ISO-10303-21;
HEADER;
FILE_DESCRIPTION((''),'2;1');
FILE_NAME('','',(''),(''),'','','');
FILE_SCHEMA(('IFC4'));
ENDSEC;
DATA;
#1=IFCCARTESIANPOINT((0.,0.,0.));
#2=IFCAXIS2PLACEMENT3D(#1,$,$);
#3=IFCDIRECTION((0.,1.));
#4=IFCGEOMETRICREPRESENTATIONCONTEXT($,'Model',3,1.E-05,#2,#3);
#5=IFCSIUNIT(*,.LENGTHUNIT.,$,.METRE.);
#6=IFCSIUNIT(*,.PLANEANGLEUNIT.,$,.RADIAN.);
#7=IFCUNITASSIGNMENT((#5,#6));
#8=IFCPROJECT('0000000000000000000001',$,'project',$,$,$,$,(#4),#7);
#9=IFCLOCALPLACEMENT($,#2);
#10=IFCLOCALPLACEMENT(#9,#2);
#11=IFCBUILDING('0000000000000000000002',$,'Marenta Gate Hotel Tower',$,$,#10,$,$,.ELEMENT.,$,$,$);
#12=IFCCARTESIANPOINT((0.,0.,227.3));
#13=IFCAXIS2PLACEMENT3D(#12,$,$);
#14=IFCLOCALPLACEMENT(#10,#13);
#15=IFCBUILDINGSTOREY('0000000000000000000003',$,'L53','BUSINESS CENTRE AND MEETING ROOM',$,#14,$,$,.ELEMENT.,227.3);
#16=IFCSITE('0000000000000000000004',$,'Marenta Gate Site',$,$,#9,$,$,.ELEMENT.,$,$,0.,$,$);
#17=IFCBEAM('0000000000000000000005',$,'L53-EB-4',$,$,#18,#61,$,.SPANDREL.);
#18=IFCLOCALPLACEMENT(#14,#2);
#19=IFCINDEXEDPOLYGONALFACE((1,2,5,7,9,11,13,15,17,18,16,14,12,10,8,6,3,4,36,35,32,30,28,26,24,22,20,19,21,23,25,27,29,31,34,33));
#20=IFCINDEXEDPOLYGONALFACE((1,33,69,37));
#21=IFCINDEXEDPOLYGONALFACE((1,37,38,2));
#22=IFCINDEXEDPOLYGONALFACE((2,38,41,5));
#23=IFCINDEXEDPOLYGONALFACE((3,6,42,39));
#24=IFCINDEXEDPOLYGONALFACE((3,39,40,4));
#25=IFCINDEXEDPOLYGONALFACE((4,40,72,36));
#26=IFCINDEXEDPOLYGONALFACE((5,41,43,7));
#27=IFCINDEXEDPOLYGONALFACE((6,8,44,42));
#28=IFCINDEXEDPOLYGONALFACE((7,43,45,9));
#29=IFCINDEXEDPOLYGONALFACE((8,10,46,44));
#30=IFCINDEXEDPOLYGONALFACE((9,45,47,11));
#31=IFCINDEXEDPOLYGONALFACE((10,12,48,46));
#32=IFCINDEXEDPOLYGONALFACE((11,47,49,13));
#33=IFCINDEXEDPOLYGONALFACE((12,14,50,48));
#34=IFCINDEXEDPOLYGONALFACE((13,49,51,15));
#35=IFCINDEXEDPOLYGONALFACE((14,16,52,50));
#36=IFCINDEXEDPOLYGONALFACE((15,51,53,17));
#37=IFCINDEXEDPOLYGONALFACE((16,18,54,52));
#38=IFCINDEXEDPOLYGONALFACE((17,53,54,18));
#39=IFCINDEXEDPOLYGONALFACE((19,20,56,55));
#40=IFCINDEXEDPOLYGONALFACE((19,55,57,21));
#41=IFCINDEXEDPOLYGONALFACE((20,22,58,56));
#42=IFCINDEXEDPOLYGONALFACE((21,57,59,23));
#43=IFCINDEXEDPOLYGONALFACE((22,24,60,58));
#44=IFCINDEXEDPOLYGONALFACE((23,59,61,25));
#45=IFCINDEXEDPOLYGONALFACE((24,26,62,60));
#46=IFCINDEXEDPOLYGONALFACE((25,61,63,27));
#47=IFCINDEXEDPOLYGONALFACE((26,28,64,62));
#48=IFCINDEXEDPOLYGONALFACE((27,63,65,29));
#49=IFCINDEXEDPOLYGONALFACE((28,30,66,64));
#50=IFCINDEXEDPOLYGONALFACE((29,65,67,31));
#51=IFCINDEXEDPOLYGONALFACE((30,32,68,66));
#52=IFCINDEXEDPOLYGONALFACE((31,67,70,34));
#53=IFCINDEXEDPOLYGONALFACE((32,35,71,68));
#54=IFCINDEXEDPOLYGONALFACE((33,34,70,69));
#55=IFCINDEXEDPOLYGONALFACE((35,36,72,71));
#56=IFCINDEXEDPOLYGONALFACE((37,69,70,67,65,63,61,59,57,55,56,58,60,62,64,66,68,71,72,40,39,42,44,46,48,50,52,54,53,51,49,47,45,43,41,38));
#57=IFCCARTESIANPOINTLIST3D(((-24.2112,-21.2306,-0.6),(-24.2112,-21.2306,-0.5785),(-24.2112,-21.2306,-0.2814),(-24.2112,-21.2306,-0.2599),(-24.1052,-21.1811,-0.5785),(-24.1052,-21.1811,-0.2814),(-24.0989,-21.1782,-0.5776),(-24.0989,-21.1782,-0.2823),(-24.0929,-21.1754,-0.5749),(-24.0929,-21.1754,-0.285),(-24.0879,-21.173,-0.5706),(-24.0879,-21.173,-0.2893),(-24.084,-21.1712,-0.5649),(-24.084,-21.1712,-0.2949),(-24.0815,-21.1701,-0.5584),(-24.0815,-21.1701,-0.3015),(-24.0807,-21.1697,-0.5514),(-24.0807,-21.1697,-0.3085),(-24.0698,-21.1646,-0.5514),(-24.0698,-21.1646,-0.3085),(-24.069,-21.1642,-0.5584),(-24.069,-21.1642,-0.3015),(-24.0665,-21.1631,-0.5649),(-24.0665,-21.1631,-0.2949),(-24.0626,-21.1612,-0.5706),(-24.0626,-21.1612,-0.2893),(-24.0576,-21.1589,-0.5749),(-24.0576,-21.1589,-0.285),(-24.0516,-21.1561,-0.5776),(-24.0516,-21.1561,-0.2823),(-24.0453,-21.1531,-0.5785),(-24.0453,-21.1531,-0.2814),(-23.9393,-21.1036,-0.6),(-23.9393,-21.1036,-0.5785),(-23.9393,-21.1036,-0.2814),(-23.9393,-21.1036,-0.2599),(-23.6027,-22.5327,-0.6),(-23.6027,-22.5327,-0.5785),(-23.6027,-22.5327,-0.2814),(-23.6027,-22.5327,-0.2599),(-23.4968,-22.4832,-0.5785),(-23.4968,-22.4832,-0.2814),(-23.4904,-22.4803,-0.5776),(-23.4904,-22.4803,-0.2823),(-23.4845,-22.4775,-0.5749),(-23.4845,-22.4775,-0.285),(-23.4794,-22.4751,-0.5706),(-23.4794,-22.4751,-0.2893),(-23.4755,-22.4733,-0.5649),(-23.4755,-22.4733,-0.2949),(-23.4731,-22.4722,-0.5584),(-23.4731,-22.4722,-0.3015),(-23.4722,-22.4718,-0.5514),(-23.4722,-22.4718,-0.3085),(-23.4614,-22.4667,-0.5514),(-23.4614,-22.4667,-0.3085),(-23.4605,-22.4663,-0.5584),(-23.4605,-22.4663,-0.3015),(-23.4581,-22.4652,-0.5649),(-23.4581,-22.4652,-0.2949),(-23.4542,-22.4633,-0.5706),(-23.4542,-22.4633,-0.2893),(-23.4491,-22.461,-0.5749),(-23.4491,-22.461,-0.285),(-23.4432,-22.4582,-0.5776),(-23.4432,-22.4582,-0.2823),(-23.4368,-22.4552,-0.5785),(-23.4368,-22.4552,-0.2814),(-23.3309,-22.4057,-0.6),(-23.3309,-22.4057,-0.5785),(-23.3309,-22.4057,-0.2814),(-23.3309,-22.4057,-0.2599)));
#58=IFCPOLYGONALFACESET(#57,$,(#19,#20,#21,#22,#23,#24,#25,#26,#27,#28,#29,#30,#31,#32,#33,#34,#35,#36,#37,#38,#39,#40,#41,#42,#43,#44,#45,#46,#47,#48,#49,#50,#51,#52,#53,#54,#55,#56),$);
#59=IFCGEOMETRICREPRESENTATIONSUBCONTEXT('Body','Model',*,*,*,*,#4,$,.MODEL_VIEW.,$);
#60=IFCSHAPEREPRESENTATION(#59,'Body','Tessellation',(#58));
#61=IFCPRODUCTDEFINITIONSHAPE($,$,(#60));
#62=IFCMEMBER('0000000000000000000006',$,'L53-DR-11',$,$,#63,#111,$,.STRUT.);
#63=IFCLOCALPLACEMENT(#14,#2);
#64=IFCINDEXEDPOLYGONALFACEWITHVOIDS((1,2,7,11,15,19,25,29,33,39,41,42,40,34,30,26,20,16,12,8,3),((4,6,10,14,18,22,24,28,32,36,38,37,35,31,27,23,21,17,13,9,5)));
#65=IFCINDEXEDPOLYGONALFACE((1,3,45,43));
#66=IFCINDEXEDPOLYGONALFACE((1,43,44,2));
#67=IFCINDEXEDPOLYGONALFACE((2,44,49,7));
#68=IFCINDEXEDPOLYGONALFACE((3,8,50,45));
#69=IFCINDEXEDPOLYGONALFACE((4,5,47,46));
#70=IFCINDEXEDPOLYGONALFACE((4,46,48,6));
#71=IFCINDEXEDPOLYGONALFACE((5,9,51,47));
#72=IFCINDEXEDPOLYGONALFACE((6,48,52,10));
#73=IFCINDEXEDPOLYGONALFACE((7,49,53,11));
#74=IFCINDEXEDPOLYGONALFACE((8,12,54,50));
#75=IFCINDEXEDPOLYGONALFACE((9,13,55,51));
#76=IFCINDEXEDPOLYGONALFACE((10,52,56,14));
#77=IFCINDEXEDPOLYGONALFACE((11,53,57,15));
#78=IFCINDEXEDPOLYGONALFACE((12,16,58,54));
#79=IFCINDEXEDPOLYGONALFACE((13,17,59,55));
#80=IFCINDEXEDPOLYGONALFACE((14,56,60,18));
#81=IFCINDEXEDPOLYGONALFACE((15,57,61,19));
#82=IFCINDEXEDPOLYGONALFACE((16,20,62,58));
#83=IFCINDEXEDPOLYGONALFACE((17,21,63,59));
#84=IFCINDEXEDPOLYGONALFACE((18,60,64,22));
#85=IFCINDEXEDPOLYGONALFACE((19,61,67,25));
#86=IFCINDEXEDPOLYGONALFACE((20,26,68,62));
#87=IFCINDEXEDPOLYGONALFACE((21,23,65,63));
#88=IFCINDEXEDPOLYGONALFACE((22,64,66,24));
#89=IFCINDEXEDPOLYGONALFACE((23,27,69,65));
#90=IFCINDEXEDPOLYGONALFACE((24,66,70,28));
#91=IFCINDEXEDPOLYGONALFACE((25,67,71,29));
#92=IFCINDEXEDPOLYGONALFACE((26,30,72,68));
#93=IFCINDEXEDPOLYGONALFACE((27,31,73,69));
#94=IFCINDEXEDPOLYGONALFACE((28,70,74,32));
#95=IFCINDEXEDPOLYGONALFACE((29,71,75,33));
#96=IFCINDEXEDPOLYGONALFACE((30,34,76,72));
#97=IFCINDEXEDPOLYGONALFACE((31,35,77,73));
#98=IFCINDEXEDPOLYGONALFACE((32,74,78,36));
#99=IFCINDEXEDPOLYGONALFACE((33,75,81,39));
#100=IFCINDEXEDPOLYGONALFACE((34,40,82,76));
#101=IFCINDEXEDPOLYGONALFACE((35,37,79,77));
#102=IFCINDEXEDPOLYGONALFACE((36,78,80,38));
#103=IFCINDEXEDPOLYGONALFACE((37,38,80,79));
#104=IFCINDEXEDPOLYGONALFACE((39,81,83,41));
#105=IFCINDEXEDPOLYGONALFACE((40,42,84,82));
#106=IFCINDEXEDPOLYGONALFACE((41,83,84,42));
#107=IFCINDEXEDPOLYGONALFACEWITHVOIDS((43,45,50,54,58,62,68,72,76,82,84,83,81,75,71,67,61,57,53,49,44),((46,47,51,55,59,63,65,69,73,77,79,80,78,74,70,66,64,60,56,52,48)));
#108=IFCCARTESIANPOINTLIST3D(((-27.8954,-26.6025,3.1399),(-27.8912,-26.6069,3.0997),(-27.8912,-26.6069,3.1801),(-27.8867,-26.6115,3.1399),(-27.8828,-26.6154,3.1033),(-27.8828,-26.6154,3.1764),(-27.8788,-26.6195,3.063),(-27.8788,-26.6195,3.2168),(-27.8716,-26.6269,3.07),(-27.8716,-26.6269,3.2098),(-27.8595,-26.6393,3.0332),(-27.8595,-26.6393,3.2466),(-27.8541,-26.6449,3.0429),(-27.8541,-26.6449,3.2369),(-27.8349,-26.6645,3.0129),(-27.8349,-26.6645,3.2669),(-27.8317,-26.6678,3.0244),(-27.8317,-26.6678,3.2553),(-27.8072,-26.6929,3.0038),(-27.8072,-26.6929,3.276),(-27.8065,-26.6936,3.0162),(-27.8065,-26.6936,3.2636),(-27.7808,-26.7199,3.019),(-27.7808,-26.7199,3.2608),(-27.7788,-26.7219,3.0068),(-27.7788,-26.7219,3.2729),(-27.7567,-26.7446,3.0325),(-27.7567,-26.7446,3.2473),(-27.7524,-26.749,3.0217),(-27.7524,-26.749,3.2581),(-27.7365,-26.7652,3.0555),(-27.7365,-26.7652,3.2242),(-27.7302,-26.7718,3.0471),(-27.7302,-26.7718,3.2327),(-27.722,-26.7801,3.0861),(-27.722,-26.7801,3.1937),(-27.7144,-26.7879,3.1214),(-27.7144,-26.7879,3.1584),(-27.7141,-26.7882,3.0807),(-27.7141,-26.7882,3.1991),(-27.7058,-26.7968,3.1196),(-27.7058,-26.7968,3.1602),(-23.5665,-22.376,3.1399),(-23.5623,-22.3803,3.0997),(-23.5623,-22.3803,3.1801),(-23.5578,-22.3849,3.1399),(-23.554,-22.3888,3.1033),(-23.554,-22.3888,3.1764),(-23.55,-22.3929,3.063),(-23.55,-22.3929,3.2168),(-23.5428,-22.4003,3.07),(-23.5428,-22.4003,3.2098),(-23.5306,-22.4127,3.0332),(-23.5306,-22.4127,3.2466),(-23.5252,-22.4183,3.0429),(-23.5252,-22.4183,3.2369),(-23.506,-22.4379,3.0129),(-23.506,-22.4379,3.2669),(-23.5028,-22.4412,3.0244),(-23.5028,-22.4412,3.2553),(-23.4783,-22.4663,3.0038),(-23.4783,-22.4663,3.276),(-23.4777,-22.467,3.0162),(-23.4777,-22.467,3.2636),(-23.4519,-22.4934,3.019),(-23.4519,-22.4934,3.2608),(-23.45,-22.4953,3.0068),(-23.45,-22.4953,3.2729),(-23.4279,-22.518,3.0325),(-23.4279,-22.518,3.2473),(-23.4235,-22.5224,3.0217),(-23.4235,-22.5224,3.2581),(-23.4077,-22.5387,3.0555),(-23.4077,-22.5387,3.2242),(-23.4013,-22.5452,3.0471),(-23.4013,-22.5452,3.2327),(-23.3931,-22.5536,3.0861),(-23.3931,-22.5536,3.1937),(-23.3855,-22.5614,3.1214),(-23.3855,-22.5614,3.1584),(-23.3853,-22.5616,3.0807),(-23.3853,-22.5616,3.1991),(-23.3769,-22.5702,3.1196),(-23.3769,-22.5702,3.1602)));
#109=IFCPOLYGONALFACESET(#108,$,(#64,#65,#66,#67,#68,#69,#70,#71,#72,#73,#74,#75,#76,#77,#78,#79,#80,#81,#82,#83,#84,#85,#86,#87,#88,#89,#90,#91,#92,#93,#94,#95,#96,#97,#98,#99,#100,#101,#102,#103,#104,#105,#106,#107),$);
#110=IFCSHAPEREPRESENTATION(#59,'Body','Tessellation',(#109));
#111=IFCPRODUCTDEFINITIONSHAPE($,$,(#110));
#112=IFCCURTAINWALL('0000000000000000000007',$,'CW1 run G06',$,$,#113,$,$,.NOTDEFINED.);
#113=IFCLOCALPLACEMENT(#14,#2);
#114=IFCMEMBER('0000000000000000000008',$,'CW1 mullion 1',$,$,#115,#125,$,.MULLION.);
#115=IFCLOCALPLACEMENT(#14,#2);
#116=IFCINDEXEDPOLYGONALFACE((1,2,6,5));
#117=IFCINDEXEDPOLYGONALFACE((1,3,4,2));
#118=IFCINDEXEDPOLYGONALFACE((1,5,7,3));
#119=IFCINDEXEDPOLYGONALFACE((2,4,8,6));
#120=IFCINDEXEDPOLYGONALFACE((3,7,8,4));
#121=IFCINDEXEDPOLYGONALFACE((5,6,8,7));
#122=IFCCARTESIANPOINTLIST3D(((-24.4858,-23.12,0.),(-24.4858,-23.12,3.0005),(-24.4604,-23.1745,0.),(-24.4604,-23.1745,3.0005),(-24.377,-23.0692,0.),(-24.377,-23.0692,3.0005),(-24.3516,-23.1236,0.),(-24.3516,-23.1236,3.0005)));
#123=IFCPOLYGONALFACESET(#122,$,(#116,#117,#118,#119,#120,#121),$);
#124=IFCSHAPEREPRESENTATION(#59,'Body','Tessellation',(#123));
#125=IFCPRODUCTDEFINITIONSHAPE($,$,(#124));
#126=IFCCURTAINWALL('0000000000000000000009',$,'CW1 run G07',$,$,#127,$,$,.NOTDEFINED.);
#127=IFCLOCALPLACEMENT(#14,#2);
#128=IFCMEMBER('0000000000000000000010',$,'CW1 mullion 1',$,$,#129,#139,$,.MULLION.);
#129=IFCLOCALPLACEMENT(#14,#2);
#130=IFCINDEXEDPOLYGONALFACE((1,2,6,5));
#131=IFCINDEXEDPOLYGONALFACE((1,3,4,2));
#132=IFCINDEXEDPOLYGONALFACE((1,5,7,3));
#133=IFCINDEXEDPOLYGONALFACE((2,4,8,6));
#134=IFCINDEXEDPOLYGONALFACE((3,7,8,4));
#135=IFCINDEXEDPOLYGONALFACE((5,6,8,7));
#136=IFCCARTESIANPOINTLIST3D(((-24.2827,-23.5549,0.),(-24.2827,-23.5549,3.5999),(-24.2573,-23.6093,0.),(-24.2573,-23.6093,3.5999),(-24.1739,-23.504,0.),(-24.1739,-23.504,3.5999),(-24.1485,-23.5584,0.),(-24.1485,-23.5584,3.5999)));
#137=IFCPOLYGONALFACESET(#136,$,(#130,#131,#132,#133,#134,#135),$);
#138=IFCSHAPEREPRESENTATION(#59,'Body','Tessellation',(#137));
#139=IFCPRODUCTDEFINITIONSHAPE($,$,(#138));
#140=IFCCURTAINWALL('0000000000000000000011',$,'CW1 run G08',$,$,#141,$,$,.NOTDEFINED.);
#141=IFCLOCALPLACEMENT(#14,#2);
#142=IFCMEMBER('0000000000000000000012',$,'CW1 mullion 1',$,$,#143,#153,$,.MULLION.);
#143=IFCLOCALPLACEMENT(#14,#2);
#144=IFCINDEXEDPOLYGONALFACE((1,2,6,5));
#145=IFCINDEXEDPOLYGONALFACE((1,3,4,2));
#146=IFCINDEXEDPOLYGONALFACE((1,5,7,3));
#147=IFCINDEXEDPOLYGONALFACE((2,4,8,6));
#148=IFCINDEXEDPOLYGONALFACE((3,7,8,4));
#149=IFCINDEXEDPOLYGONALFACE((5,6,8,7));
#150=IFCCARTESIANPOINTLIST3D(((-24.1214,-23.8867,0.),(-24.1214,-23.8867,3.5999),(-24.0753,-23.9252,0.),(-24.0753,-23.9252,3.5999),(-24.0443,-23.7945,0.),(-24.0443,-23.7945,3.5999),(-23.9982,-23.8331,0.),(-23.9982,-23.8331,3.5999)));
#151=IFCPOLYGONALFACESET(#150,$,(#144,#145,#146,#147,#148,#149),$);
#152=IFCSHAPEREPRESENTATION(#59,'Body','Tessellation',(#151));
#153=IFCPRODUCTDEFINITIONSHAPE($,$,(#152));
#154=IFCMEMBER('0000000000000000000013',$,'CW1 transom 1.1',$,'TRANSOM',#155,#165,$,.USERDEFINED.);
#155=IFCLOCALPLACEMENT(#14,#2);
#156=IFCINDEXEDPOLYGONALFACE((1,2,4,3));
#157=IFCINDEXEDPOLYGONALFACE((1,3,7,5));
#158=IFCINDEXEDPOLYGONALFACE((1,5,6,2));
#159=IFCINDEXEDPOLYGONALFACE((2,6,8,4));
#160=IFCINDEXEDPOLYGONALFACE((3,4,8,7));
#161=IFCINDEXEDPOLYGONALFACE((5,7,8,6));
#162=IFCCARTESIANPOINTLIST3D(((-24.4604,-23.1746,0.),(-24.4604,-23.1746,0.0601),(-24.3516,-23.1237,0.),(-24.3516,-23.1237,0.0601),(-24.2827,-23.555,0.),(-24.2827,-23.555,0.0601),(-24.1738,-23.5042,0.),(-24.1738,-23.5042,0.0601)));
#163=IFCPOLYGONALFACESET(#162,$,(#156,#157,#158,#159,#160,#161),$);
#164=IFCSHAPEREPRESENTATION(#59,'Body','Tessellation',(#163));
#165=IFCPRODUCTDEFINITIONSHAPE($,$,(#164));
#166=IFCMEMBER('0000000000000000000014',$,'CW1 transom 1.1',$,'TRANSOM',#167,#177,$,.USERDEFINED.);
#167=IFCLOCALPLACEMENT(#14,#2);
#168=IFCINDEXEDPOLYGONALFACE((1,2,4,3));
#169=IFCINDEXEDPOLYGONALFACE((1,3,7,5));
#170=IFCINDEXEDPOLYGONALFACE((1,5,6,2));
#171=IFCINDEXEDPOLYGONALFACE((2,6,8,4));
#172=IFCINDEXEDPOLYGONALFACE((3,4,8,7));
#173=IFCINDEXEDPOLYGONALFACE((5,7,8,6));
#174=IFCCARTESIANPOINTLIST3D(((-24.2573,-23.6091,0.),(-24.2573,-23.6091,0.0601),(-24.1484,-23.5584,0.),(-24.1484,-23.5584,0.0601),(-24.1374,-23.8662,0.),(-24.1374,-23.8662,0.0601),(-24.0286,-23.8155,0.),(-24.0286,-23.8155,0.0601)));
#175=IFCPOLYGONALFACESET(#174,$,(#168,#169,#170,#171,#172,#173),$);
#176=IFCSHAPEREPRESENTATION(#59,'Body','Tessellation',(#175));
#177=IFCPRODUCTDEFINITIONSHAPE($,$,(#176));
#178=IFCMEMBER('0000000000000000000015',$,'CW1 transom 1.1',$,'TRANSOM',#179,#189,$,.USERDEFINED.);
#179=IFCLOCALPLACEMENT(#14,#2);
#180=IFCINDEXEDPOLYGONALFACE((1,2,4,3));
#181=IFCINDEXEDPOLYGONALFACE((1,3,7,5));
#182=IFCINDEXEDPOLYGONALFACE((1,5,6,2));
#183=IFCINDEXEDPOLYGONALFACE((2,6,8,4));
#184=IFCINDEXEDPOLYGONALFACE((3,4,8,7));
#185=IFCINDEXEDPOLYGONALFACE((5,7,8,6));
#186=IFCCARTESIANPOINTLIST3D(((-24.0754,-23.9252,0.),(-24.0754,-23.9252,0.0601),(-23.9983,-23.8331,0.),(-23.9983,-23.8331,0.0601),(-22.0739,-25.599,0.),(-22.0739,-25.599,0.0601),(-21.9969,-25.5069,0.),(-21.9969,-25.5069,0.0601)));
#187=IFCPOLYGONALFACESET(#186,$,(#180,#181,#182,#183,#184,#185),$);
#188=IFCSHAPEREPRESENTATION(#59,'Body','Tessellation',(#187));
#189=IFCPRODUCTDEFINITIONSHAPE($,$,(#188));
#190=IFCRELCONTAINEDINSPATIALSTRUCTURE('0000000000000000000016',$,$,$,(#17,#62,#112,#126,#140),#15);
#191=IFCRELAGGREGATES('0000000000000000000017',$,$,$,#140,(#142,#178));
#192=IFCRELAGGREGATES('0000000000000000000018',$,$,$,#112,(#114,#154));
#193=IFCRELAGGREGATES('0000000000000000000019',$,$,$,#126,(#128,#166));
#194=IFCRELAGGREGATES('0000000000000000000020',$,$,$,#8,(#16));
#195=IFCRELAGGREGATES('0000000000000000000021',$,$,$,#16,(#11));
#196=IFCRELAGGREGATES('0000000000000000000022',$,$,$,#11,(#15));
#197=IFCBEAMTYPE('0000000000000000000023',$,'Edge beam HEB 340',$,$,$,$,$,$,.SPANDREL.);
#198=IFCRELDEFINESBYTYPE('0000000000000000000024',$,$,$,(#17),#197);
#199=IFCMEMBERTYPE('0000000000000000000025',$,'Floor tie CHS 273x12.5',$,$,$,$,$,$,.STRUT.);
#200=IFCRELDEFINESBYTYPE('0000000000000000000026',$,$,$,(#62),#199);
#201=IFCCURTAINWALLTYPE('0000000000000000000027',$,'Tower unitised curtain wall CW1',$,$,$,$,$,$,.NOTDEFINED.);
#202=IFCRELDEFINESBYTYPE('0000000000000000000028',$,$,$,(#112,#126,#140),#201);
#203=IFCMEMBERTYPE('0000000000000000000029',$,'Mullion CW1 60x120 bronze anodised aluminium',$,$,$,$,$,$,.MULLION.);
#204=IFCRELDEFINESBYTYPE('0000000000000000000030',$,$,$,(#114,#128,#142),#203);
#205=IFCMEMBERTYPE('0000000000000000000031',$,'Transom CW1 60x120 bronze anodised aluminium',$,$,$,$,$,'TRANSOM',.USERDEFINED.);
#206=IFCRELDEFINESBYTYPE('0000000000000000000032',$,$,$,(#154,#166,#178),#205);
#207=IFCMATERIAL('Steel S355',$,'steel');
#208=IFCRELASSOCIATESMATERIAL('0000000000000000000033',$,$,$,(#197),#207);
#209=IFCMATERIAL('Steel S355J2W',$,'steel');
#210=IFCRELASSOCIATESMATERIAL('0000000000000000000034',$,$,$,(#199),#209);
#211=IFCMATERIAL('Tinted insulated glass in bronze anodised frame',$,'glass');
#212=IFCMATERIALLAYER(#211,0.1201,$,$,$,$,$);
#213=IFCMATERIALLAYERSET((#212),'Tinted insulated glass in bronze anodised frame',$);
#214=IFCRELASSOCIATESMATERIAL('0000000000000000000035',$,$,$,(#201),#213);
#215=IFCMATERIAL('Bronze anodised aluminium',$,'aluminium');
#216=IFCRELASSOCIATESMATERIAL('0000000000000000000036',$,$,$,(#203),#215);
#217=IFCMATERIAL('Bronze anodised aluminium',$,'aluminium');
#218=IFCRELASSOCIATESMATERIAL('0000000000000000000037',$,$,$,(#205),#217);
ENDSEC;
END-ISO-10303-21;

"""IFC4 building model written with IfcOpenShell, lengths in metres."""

from ifc_helpers import new_model, si_unit, direction, frame, origin, origin_2d, place, context, subcontext, project, spatial, rectangle, hollow_circle, i_section, extrude, material, layer, layer_set, material_profile, profile_set, type_object, element, aggregate, save


model = new_model("IFC4")

# Units and contexts
model_context = context("Model", 3, precision=1e-05, world=origin(), true_north=direction((0.0, 1.0)))
body_context = subcontext(model_context, "Body", "Model", "MODEL_VIEW")
ifc_project = project(units=[si_unit("LENGTHUNIT", "METRE"), si_unit("PLANEANGLEUNIT", "RADIAN")], contexts=[model_context])

# Site, building, storey
site_placement = place(None, origin())
site = spatial("IfcSite", under=ifc_project, at=site_placement, Name="Marenta Gate Site", CompositionType="ELEMENT", RefElevation=0.0)
building_placement = place(site_placement, origin())
building = spatial("IfcBuilding", under=site, at=building_placement, Name="Marenta Gate Hotel Tower", CompositionType="ELEMENT")
storey_placement = place(building_placement, frame((0.0, 0.0, 227.3)))
storey = spatial("IfcBuildingStorey", under=building, at=storey_placement, Name="L53", Description="BUSINESS CENTRE AND MEETING ROOM", CompositionType="ELEMENT", Elevation=227.3)

# Beam
ifc_material_1 = material(Name="Steel S355", Category="steel")
ifc_material_profile_1 = material_profile(ifc_material_1, i_section(OverallWidth=0.3, OverallDepth=0.3401, WebThickness=0.012, FlangeThickness=0.0215, FilletRadius=0.0271, at=origin_2d()), Name="HEB 340")
ifc_profile_set_1 = profile_set([ifc_material_profile_1], Name="Steel S355")
beam_type = type_object("IfcBeamType", Name="Edge beam HEB 340", PredefinedType="SPANDREL", material=ifc_profile_set_1)
beam_placement = place(storey_placement, frame((-23.4668, -22.4692, -0.4299), z_axis=(-0.423341, 0.90597, 0.0), x_axis=(-0.90597, -0.423341, 0.0)))
element("IfcBeam", 1, at=beam_placement, inside=storey, type_object=beam_type, Name="L53-EB-4", PredefinedType="SPANDREL", context=body_context, shape_type="SweptSolid", body=[
    extrude(i_section(OverallWidth=0.3, OverallDepth=0.3401, WebThickness=0.012, FlangeThickness=0.0215, FilletRadius=0.0271, at=origin_2d()), origin(), (0.0, 0.0, 1.0), 1.4373),
])

# Member
ifc_material_2 = material(Name="Steel S355J2W", Category="steel")
ifc_material_profile_2 = material_profile(ifc_material_2, hollow_circle(Radius=0.1365, WallThickness=0.0125, at=origin_2d()), Name="CHS 273x12.5")
ifc_profile_set_2 = profile_set([ifc_material_profile_2], Name="Steel S355J2W")
member_type_1 = type_object("IfcMemberType", Name="Floor tie CHS 273x12.5", PredefinedType="STRUT", material=ifc_profile_set_2)
member_1_placement = place(storey_placement, frame((-27.8, -26.7002, 3.1399), z_axis=(0.71551, 0.698602, 0.0), x_axis=(-0.698602, 0.71551, 0.0)))
element("IfcMember", 2, at=member_1_placement, inside=storey, type_object=member_type_1, Name="L53-DR-11", PredefinedType="STRUT", context=body_context, shape_type="SweptSolid", body=[
    extrude(hollow_circle(Radius=0.1365, WallThickness=0.0125, at=origin_2d()), origin(), (0.0, 0.0, 1.0), 6.05),
])

# Curtain walls, members
ifc_material_3 = material(Name="Tinted insulated glass in bronze anodised frame", Category="glass")
ifc_layer_1 = layer(ifc_material_3, 0.1201)
ifc_layer_set_1 = layer_set([ifc_layer_1], Name="Tinted insulated glass in bronze anodised frame")
curtain_wall_type = type_object("IfcCurtainWallType", Name="Tower unitised curtain wall CW1", PredefinedType="NOTDEFINED", material=ifc_layer_set_1)
curtain_wall_1_placement = place(storey_placement, origin())
curtain_wall_1 = element("IfcCurtainWall", 3, at=curtain_wall_1_placement, inside=storey, type_object=curtain_wall_type, Name="CW1 run G06", PredefinedType="NOTDEFINED")
ifc_material_4 = material(Name="Bronze anodised aluminium", Category="aluminium")
ifc_material_profile_3 = material_profile(ifc_material_4, rectangle(XDim=0.1201, YDim=0.0601, at=origin_2d()), Name="Mullion CW1 60x120 bronze anodised aluminium")
ifc_profile_set_3 = profile_set([ifc_material_profile_3], Name="Bronze anodised aluminium")
member_type_2 = type_object("IfcMemberType", Name="Mullion CW1 60x120 bronze anodised aluminium", PredefinedType="MULLION", material=ifc_profile_set_3)
member_2_placement = place(storey_placement, frame((-24.4187, -23.1218, 0.0), z_axis=(0.0, 0.0, 1.0), x_axis=(0.905949, 0.423387, 0.0)))
member_2 = element("IfcMember", 4, at=member_2_placement, type_object=member_type_2, Name="CW1 mullion 1", PredefinedType="MULLION", context=body_context, shape_type="SweptSolid", body=[
    extrude(rectangle(XDim=0.1201, YDim=0.0601, at=origin_2d()), origin(), (0.0, 0.0, 1.0), 3.0005),
])
curtain_wall_2_placement = place(storey_placement, origin())
curtain_wall_2 = element("IfcCurtainWall", 5, at=curtain_wall_2_placement, inside=storey, type_object=curtain_wall_type, Name="CW1 run G07", PredefinedType="NOTDEFINED")
member_3_placement = place(storey_placement, frame((-24.2156, -23.5566, 0.0), z_axis=(0.0, 0.0, 1.0), x_axis=(0.90599, 0.4233, 0.0)))
member_3 = element("IfcMember", 6, at=member_3_placement, type_object=member_type_2, Name="CW1 mullion 1", PredefinedType="MULLION", context=body_context, shape_type="SweptSolid", body=[
    extrude(rectangle(XDim=0.1201, YDim=0.0601, at=origin_2d()), origin(), (0.0, 0.0, 1.0), 3.5999),
])
curtain_wall_3_placement = place(storey_placement, origin())
curtain_wall_3 = element("IfcCurtainWall", 7, at=curtain_wall_3_placement, inside=storey, type_object=curtain_wall_type, Name="CW1 run G08", PredefinedType="NOTDEFINED")
member_4_placement = place(storey_placement, frame((-24.0598, -23.8599, 0.0), z_axis=(0.0, 0.0, 1.0), x_axis=(0.641525, 0.767102, 0.0)))
member_4 = element("IfcMember", 8, at=member_4_placement, type_object=member_type_2, Name="CW1 mullion 1", PredefinedType="MULLION", context=body_context, shape_type="SweptSolid", body=[
    extrude(rectangle(XDim=0.1201, YDim=0.0601, at=origin_2d()), origin(), (0.0, 0.0, 1.0), 3.5999),
])

# Members
ifc_material_5 = material(Name="Bronze anodised aluminium", Category="aluminium")
ifc_material_profile_4 = material_profile(ifc_material_5, rectangle(XDim=0.1201, YDim=0.0601, at=origin_2d()), Name="Transom CW1 60x120 bronze anodised aluminium")
ifc_profile_set_4 = profile_set([ifc_material_profile_4], Name="Bronze anodised aluminium")
member_type_3 = type_object("IfcMemberType", Name="Transom CW1 60x120 bronze anodised aluminium", ElementType="TRANSOM", PredefinedType="USERDEFINED", material=ifc_profile_set_4)
member_5_placement = place(storey_placement, frame((-24.406, -23.1492, 0.03), z_axis=(0.423331, -0.905975, 0.0), x_axis=(0.905975, 0.423331, 0.0)))
member_5 = element("IfcMember", 9, at=member_5_placement, type_object=member_type_3, Name="CW1 transom 1.1", ObjectType="TRANSOM", PredefinedType="USERDEFINED", context=body_context, shape_type="SweptSolid", body=[
    extrude(rectangle(XDim=0.1201, YDim=0.0601, at=origin_2d()), origin(), (0.0, 0.0, 1.0), 0.4199),
])
member_6_placement = place(storey_placement, frame((-24.2029, -23.5837, 0.03), z_axis=(0.422603, -0.906315, 0.0), x_axis=(0.906315, 0.422603, 0.0)))
member_6 = element("IfcMember", 10, at=member_6_placement, type_object=member_type_3, Name="CW1 transom 1.1", ObjectType="TRANSOM", PredefinedType="USERDEFINED", context=body_context, shape_type="SweptSolid", body=[
    extrude(rectangle(XDim=0.1201, YDim=0.0601, at=origin_2d()), origin(), (0.0, 0.0, 1.0), 0.2837),
])
member_7_placement = place(storey_placement, frame((-24.0369, -23.8792, 0.03), z_axis=(0.7671, -0.641527, 0.0), x_axis=(0.641527, 0.7671, 0.0)))
member_7 = element("IfcMember", 11, at=member_7_placement, type_object=member_type_3, Name="CW1 transom 1.1", ObjectType="TRANSOM", PredefinedType="USERDEFINED", context=body_context, shape_type="SweptSolid", body=[
    extrude(rectangle(XDim=0.1201, YDim=0.0601, at=origin_2d()), origin(), (0.0, 0.0, 1.0), 2.6091),
])
aggregate(curtain_wall_3, [member_4, member_7])

aggregate(curtain_wall_1, [member_2, member_5])
aggregate(curtain_wall_2, [member_3, member_6])

save(model, "model.ifc")
